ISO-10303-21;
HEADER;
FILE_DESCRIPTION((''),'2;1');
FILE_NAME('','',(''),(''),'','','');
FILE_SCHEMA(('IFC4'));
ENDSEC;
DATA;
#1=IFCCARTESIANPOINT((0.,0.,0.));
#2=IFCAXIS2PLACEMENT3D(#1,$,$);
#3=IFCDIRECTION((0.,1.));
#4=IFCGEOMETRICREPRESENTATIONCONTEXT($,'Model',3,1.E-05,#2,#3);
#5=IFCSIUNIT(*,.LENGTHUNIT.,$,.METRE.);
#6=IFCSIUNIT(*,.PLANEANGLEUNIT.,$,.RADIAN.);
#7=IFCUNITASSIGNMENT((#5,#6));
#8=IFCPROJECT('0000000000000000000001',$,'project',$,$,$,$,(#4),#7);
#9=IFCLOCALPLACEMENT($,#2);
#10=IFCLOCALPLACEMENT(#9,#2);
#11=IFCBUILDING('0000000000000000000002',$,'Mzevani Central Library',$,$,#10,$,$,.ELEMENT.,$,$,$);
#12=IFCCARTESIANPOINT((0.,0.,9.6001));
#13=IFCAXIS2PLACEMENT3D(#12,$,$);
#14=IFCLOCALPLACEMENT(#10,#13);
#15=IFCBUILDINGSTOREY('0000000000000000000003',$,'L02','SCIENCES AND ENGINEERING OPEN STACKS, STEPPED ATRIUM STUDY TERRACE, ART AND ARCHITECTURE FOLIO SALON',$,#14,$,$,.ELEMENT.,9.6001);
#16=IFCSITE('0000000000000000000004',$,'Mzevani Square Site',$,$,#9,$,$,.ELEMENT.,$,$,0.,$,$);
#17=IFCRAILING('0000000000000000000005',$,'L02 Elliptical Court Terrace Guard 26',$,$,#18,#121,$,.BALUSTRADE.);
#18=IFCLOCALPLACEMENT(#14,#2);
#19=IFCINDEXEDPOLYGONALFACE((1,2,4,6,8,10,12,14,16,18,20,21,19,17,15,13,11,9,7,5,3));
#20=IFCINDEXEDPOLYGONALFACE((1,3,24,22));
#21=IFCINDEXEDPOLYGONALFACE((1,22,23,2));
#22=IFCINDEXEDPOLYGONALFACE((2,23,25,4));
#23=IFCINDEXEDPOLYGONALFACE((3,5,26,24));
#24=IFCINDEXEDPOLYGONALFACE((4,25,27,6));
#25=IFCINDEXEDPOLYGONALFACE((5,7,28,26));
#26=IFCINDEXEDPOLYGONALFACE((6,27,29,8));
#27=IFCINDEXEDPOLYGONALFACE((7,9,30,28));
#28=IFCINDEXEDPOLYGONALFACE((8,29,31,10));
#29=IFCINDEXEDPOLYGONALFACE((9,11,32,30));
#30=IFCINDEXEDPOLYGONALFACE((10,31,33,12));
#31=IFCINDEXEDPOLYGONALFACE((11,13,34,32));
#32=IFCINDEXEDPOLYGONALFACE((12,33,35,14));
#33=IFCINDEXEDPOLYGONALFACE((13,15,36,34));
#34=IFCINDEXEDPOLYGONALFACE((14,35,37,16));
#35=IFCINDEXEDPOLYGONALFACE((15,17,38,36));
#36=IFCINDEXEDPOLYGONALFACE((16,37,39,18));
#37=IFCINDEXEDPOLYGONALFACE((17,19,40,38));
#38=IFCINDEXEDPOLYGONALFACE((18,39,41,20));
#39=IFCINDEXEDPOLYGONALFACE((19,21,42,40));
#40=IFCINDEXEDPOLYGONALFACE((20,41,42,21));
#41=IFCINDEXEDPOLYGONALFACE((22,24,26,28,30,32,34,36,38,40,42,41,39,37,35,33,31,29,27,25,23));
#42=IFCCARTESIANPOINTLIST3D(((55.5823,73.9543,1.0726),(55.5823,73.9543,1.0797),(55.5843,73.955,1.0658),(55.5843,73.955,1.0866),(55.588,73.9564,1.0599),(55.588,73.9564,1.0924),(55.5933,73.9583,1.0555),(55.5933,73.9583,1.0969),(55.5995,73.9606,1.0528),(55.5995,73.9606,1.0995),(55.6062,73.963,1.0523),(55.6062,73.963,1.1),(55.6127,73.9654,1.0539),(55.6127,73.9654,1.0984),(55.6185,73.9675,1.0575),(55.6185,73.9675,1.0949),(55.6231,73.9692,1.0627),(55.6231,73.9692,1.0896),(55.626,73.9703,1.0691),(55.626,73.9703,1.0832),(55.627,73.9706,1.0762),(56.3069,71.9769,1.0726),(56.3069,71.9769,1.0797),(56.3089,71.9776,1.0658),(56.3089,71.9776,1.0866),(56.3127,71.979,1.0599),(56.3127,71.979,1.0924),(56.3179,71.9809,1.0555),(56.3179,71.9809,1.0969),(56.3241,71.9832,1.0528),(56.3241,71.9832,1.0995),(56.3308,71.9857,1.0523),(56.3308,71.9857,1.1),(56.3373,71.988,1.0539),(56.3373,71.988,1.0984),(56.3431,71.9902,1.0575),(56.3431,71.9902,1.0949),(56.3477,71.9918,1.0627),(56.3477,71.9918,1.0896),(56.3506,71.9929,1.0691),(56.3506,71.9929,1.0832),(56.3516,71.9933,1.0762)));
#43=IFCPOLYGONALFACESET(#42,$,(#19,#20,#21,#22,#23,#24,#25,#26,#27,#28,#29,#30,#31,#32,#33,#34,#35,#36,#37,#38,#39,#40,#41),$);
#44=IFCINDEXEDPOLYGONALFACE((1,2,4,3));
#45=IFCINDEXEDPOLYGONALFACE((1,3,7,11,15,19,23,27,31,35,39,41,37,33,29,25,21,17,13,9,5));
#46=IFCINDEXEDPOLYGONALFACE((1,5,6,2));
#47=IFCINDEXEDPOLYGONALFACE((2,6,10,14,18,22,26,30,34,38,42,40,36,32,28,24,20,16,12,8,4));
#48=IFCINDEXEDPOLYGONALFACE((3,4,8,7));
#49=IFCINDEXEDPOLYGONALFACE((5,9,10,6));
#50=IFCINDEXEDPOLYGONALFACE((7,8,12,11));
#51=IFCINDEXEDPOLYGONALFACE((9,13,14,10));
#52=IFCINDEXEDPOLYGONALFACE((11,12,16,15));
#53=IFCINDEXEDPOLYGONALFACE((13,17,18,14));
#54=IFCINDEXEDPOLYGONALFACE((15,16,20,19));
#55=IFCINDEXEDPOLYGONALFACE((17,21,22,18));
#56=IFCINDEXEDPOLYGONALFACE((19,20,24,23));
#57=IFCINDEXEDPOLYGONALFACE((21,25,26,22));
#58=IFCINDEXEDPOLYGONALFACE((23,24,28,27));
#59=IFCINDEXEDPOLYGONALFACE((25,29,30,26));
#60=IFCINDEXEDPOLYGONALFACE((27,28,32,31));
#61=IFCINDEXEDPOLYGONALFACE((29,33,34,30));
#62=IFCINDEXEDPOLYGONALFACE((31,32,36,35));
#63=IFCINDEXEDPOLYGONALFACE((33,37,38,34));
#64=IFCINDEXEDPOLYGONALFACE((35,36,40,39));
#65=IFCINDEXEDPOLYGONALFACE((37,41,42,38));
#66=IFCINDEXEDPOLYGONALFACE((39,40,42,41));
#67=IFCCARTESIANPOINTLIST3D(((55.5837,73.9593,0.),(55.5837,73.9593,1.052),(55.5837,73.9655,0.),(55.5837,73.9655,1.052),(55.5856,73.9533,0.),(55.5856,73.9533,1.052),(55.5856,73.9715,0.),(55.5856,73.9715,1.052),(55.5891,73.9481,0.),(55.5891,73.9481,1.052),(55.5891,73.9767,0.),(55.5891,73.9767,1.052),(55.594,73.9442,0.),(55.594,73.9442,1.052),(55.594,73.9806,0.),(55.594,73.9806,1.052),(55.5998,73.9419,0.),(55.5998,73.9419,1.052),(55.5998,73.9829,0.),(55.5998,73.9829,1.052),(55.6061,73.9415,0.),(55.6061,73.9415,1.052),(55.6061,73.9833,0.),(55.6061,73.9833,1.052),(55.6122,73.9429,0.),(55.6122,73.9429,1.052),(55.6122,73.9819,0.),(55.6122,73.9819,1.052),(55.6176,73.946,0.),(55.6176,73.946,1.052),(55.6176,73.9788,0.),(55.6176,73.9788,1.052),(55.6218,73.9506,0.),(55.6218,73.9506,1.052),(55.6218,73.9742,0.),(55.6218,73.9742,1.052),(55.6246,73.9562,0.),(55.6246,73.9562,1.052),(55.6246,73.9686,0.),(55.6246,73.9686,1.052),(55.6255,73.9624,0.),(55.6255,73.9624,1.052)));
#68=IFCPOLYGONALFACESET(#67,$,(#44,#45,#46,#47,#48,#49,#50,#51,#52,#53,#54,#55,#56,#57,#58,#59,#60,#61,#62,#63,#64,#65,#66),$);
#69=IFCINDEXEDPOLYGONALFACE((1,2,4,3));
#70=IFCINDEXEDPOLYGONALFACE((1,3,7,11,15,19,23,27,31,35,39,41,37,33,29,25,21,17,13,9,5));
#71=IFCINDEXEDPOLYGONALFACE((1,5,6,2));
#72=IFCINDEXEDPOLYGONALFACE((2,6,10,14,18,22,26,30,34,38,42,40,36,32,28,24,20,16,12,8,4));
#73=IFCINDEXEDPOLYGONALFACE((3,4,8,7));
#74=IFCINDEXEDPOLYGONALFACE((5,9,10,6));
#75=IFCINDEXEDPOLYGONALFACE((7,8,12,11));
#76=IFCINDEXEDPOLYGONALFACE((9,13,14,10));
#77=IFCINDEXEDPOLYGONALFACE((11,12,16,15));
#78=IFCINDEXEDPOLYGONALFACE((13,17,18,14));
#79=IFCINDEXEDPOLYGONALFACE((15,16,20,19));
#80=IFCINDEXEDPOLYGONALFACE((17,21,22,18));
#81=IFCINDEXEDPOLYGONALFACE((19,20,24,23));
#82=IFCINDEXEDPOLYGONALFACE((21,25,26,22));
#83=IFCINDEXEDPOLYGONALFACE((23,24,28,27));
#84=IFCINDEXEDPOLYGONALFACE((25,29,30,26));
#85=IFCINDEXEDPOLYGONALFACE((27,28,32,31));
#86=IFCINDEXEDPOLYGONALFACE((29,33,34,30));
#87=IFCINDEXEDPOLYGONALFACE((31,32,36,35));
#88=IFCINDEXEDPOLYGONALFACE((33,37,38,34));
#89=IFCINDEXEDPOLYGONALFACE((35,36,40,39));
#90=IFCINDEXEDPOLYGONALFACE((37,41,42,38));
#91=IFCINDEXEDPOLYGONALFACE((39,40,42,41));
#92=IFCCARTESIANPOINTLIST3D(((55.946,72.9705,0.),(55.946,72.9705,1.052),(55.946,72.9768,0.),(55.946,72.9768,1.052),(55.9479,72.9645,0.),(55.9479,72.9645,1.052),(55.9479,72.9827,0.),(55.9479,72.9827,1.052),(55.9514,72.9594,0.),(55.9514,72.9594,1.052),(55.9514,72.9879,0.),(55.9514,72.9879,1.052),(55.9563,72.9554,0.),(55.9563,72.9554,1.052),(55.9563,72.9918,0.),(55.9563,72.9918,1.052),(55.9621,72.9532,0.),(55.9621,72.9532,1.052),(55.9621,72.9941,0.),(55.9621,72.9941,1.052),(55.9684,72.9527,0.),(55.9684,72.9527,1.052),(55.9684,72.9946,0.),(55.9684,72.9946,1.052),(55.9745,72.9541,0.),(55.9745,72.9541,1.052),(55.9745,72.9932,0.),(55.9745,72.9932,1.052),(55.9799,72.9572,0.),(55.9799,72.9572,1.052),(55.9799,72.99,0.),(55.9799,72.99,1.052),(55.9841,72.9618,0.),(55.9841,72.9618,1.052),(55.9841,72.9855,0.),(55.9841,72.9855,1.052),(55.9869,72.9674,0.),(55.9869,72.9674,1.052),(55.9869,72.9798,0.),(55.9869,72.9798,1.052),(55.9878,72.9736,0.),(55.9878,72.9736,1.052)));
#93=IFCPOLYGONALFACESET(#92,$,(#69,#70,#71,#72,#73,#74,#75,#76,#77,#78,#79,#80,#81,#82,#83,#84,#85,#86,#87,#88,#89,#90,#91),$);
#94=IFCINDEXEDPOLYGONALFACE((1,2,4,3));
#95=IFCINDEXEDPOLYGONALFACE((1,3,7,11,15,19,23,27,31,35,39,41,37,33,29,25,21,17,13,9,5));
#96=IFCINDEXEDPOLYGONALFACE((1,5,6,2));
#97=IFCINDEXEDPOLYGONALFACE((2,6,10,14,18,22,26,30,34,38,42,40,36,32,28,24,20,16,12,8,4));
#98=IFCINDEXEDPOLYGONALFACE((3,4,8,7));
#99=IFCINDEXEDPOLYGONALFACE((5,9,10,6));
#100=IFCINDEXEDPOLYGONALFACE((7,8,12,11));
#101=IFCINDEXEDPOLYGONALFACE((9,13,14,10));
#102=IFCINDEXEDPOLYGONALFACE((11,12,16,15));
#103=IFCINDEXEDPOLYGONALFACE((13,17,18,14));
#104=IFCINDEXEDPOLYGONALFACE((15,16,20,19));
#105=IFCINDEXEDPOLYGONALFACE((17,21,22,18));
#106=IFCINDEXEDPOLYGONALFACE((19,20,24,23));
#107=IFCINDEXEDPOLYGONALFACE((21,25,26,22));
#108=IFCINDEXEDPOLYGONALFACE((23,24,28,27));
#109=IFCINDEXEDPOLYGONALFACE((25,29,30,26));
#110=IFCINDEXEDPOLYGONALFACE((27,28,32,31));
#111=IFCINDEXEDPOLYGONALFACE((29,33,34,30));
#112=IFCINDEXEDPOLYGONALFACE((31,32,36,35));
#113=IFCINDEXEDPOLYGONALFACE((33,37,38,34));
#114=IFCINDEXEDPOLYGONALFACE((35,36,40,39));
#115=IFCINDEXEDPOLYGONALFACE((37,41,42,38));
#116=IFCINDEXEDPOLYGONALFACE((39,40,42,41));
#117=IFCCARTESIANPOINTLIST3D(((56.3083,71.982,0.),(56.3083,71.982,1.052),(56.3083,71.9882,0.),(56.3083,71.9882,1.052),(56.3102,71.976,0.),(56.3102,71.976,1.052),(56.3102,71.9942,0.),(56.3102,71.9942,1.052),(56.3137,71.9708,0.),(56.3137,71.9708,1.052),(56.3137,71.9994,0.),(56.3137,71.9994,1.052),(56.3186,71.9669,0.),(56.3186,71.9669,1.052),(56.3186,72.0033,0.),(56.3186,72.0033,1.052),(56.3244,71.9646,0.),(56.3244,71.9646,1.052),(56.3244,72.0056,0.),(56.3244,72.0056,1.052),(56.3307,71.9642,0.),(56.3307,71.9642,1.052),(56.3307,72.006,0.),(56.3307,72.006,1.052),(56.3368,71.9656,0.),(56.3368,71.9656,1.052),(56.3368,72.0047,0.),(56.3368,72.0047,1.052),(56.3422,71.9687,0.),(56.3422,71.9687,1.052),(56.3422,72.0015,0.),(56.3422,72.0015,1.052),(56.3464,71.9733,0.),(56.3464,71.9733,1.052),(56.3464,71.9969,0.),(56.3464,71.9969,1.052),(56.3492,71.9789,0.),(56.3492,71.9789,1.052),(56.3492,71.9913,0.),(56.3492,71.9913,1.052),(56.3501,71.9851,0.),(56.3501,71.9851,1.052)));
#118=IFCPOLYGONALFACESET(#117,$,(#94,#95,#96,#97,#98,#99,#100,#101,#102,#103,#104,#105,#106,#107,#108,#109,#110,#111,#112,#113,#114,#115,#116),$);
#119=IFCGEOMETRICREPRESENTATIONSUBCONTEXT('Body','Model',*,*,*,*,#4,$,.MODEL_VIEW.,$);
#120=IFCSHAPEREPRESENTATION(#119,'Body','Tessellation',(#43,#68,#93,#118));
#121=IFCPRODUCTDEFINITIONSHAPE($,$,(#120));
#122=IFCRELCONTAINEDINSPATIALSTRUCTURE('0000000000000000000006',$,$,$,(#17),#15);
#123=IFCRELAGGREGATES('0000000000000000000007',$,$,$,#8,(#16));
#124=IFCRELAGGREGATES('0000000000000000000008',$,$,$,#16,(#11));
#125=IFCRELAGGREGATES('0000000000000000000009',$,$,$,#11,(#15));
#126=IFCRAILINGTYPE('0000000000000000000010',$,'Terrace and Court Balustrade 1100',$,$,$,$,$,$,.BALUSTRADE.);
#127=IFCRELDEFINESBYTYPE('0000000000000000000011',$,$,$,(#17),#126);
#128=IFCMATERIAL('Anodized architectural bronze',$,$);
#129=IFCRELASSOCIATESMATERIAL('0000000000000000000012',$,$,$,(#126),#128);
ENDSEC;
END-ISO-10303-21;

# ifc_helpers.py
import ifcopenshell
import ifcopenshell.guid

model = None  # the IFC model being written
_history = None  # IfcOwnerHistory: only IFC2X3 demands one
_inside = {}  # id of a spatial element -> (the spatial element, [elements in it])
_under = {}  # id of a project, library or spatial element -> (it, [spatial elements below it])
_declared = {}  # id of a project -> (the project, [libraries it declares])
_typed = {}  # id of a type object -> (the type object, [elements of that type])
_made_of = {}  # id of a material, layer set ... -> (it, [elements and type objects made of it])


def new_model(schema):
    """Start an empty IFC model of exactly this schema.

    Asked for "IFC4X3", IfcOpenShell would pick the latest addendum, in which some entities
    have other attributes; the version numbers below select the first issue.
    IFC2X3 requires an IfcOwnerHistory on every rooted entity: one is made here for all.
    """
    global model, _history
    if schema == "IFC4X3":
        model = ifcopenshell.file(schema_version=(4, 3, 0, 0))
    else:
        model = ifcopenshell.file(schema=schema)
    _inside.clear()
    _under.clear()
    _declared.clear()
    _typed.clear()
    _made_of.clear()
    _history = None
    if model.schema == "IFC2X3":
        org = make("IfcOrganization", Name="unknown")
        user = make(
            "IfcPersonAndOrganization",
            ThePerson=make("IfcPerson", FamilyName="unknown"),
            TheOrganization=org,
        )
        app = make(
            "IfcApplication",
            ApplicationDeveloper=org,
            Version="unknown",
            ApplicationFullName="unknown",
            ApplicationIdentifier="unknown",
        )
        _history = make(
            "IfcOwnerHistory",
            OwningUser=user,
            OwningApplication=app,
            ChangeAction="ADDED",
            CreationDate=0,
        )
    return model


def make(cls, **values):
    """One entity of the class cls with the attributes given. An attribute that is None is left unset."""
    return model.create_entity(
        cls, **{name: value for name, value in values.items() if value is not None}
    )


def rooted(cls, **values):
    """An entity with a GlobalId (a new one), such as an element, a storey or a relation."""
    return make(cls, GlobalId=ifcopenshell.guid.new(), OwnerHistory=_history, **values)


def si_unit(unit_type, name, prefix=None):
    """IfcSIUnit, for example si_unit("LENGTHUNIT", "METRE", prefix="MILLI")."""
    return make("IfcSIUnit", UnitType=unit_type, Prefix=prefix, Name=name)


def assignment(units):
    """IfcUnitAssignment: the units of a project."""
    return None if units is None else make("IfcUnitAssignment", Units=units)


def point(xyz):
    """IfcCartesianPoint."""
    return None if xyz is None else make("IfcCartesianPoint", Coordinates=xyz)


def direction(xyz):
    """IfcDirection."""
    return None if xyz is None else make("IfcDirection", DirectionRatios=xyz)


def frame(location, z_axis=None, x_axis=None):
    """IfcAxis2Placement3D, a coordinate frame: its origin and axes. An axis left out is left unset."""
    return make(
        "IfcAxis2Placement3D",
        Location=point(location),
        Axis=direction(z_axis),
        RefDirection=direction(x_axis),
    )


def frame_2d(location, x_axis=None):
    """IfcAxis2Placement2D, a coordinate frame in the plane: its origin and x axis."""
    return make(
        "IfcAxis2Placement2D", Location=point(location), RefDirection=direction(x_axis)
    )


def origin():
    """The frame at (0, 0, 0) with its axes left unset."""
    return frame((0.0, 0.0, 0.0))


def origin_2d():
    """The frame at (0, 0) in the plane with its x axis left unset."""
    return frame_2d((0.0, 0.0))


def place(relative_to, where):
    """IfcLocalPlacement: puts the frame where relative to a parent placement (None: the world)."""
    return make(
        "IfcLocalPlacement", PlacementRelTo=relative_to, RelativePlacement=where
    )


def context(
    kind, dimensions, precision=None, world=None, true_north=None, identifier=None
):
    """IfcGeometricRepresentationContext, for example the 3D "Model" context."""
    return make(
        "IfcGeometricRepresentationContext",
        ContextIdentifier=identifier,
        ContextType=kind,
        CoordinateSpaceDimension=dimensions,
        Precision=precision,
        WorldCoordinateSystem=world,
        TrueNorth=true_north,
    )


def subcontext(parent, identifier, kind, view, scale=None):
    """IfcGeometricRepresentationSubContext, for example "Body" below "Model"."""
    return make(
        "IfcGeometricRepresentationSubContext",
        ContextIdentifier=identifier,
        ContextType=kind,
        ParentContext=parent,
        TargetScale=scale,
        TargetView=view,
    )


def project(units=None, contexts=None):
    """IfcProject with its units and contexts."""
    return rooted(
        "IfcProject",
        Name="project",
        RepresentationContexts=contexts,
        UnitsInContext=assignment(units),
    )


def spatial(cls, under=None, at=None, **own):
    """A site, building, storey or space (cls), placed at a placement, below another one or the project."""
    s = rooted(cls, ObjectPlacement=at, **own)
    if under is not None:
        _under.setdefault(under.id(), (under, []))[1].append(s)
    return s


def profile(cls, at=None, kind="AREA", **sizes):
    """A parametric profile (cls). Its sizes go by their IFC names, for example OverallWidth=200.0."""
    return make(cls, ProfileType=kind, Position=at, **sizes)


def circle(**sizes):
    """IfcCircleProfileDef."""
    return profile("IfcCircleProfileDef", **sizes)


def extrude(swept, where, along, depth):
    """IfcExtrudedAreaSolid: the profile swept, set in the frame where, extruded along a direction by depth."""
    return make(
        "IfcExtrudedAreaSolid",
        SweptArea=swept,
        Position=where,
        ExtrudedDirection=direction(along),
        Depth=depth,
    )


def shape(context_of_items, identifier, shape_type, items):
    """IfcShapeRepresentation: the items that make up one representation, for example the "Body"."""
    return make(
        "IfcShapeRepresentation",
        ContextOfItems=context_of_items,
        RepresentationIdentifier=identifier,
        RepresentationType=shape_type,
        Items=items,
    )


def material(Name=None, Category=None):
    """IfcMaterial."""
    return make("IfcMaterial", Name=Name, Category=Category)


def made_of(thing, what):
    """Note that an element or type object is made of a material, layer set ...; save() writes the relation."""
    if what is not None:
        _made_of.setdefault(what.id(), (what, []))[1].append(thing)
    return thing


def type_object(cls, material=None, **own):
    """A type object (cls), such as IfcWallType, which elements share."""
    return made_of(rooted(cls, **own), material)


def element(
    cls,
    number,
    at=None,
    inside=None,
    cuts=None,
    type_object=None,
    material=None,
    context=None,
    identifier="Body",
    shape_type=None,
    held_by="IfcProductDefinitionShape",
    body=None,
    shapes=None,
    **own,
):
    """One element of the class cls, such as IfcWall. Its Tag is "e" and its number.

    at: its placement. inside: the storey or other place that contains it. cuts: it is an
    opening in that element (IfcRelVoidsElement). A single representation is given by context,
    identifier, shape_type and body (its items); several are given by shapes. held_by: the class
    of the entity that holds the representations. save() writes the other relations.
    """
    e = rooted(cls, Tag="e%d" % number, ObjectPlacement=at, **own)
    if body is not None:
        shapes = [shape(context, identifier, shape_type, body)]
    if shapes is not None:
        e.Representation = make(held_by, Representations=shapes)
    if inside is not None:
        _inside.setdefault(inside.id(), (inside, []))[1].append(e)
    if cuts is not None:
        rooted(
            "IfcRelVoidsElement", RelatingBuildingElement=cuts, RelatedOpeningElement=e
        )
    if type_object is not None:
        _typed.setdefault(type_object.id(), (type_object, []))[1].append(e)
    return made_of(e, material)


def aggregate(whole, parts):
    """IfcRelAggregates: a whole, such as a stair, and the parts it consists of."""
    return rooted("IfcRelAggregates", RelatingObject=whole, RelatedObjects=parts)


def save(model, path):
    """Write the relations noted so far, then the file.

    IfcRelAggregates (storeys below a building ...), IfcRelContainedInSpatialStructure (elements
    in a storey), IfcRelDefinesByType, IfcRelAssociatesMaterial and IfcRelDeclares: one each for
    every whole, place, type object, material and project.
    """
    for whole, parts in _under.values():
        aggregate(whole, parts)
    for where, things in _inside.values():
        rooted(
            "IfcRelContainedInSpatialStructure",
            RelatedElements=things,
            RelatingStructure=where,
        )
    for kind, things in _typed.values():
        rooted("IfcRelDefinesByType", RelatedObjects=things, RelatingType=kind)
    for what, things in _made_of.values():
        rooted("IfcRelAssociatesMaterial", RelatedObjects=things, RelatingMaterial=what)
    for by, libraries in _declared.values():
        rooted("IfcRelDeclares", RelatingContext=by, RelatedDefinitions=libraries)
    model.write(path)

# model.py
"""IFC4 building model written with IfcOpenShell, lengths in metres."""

from ifc_helpers import new_model, si_unit, direction, frame, origin, origin_2d, place, context, subcontext, project, spatial, circle, extrude, material, type_object, element, save


model = new_model("IFC4")

# Units and contexts
model_context = context("Model", 3, precision=1e-05, world=origin(), true_north=direction((0.0, 1.0)))
body_context = subcontext(model_context, "Body", "Model", "MODEL_VIEW")
ifc_project = project(units=[si_unit("LENGTHUNIT", "METRE"), si_unit("PLANEANGLEUNIT", "RADIAN")], contexts=[model_context])

# Site, building, storey
site_placement = place(None, origin())
site = spatial("IfcSite", under=ifc_project, at=site_placement, Name="Mzevani Square Site", CompositionType="ELEMENT", RefElevation=0.0)
building_placement = place(site_placement, origin())
building = spatial("IfcBuilding", under=site, at=building_placement, Name="Mzevani Central Library", CompositionType="ELEMENT")
storey_placement = place(building_placement, frame((0.0, 0.0, 9.6001)))
storey = spatial("IfcBuildingStorey", under=building, at=storey_placement, Name="L02", Description="SCIENCES AND ENGINEERING OPEN STACKS, STEPPED ATRIUM STUDY TERRACE, ART AND ARCHITECTURE FOLIO SALON", CompositionType="ELEMENT", Elevation=9.6001)

# Railing
ifc_material_1 = material(Name="Anodized architectural bronze")
railing_type = type_object("IfcRailingType", Name="Terrace and Court Balustrade 1100", PredefinedType="BALUSTRADE", material=ifc_material_1)
railing_1_placement = place(storey_placement, frame((55.6045, 73.9624, 0.0)))
element("IfcRailing", 1, at=railing_1_placement, inside=storey, type_object=railing_type, Name="L02 Elliptical Court Terrace Guard 26", PredefinedType="BALUSTRADE", context=body_context, shape_type="SweptSolid", body=[
    extrude(circle(Radius=0.0239, at=origin_2d()), frame((0.0, 0.0, 1.0762), z_axis=(0.344088, -0.938938, 0.0), x_axis=(0.938938, 0.344088, 0.0)), (0.0, 0.0, 1.0), 2.106),
    extrude(circle(Radius=0.021, at=origin_2d()), origin(), (0.0, 0.0, 1.0), 1.052),
    extrude(circle(Radius=0.021, at=origin_2d()), frame((0.3623, -0.9888, 0.0)), (0.0, 0.0, 1.0), 1.052),
    extrude(circle(Radius=0.021, at=origin_2d()), frame((0.7246, -1.9773, 0.0)), (0.0, 0.0, 1.0), 1.052),
])

save(model, "model.ifc")
